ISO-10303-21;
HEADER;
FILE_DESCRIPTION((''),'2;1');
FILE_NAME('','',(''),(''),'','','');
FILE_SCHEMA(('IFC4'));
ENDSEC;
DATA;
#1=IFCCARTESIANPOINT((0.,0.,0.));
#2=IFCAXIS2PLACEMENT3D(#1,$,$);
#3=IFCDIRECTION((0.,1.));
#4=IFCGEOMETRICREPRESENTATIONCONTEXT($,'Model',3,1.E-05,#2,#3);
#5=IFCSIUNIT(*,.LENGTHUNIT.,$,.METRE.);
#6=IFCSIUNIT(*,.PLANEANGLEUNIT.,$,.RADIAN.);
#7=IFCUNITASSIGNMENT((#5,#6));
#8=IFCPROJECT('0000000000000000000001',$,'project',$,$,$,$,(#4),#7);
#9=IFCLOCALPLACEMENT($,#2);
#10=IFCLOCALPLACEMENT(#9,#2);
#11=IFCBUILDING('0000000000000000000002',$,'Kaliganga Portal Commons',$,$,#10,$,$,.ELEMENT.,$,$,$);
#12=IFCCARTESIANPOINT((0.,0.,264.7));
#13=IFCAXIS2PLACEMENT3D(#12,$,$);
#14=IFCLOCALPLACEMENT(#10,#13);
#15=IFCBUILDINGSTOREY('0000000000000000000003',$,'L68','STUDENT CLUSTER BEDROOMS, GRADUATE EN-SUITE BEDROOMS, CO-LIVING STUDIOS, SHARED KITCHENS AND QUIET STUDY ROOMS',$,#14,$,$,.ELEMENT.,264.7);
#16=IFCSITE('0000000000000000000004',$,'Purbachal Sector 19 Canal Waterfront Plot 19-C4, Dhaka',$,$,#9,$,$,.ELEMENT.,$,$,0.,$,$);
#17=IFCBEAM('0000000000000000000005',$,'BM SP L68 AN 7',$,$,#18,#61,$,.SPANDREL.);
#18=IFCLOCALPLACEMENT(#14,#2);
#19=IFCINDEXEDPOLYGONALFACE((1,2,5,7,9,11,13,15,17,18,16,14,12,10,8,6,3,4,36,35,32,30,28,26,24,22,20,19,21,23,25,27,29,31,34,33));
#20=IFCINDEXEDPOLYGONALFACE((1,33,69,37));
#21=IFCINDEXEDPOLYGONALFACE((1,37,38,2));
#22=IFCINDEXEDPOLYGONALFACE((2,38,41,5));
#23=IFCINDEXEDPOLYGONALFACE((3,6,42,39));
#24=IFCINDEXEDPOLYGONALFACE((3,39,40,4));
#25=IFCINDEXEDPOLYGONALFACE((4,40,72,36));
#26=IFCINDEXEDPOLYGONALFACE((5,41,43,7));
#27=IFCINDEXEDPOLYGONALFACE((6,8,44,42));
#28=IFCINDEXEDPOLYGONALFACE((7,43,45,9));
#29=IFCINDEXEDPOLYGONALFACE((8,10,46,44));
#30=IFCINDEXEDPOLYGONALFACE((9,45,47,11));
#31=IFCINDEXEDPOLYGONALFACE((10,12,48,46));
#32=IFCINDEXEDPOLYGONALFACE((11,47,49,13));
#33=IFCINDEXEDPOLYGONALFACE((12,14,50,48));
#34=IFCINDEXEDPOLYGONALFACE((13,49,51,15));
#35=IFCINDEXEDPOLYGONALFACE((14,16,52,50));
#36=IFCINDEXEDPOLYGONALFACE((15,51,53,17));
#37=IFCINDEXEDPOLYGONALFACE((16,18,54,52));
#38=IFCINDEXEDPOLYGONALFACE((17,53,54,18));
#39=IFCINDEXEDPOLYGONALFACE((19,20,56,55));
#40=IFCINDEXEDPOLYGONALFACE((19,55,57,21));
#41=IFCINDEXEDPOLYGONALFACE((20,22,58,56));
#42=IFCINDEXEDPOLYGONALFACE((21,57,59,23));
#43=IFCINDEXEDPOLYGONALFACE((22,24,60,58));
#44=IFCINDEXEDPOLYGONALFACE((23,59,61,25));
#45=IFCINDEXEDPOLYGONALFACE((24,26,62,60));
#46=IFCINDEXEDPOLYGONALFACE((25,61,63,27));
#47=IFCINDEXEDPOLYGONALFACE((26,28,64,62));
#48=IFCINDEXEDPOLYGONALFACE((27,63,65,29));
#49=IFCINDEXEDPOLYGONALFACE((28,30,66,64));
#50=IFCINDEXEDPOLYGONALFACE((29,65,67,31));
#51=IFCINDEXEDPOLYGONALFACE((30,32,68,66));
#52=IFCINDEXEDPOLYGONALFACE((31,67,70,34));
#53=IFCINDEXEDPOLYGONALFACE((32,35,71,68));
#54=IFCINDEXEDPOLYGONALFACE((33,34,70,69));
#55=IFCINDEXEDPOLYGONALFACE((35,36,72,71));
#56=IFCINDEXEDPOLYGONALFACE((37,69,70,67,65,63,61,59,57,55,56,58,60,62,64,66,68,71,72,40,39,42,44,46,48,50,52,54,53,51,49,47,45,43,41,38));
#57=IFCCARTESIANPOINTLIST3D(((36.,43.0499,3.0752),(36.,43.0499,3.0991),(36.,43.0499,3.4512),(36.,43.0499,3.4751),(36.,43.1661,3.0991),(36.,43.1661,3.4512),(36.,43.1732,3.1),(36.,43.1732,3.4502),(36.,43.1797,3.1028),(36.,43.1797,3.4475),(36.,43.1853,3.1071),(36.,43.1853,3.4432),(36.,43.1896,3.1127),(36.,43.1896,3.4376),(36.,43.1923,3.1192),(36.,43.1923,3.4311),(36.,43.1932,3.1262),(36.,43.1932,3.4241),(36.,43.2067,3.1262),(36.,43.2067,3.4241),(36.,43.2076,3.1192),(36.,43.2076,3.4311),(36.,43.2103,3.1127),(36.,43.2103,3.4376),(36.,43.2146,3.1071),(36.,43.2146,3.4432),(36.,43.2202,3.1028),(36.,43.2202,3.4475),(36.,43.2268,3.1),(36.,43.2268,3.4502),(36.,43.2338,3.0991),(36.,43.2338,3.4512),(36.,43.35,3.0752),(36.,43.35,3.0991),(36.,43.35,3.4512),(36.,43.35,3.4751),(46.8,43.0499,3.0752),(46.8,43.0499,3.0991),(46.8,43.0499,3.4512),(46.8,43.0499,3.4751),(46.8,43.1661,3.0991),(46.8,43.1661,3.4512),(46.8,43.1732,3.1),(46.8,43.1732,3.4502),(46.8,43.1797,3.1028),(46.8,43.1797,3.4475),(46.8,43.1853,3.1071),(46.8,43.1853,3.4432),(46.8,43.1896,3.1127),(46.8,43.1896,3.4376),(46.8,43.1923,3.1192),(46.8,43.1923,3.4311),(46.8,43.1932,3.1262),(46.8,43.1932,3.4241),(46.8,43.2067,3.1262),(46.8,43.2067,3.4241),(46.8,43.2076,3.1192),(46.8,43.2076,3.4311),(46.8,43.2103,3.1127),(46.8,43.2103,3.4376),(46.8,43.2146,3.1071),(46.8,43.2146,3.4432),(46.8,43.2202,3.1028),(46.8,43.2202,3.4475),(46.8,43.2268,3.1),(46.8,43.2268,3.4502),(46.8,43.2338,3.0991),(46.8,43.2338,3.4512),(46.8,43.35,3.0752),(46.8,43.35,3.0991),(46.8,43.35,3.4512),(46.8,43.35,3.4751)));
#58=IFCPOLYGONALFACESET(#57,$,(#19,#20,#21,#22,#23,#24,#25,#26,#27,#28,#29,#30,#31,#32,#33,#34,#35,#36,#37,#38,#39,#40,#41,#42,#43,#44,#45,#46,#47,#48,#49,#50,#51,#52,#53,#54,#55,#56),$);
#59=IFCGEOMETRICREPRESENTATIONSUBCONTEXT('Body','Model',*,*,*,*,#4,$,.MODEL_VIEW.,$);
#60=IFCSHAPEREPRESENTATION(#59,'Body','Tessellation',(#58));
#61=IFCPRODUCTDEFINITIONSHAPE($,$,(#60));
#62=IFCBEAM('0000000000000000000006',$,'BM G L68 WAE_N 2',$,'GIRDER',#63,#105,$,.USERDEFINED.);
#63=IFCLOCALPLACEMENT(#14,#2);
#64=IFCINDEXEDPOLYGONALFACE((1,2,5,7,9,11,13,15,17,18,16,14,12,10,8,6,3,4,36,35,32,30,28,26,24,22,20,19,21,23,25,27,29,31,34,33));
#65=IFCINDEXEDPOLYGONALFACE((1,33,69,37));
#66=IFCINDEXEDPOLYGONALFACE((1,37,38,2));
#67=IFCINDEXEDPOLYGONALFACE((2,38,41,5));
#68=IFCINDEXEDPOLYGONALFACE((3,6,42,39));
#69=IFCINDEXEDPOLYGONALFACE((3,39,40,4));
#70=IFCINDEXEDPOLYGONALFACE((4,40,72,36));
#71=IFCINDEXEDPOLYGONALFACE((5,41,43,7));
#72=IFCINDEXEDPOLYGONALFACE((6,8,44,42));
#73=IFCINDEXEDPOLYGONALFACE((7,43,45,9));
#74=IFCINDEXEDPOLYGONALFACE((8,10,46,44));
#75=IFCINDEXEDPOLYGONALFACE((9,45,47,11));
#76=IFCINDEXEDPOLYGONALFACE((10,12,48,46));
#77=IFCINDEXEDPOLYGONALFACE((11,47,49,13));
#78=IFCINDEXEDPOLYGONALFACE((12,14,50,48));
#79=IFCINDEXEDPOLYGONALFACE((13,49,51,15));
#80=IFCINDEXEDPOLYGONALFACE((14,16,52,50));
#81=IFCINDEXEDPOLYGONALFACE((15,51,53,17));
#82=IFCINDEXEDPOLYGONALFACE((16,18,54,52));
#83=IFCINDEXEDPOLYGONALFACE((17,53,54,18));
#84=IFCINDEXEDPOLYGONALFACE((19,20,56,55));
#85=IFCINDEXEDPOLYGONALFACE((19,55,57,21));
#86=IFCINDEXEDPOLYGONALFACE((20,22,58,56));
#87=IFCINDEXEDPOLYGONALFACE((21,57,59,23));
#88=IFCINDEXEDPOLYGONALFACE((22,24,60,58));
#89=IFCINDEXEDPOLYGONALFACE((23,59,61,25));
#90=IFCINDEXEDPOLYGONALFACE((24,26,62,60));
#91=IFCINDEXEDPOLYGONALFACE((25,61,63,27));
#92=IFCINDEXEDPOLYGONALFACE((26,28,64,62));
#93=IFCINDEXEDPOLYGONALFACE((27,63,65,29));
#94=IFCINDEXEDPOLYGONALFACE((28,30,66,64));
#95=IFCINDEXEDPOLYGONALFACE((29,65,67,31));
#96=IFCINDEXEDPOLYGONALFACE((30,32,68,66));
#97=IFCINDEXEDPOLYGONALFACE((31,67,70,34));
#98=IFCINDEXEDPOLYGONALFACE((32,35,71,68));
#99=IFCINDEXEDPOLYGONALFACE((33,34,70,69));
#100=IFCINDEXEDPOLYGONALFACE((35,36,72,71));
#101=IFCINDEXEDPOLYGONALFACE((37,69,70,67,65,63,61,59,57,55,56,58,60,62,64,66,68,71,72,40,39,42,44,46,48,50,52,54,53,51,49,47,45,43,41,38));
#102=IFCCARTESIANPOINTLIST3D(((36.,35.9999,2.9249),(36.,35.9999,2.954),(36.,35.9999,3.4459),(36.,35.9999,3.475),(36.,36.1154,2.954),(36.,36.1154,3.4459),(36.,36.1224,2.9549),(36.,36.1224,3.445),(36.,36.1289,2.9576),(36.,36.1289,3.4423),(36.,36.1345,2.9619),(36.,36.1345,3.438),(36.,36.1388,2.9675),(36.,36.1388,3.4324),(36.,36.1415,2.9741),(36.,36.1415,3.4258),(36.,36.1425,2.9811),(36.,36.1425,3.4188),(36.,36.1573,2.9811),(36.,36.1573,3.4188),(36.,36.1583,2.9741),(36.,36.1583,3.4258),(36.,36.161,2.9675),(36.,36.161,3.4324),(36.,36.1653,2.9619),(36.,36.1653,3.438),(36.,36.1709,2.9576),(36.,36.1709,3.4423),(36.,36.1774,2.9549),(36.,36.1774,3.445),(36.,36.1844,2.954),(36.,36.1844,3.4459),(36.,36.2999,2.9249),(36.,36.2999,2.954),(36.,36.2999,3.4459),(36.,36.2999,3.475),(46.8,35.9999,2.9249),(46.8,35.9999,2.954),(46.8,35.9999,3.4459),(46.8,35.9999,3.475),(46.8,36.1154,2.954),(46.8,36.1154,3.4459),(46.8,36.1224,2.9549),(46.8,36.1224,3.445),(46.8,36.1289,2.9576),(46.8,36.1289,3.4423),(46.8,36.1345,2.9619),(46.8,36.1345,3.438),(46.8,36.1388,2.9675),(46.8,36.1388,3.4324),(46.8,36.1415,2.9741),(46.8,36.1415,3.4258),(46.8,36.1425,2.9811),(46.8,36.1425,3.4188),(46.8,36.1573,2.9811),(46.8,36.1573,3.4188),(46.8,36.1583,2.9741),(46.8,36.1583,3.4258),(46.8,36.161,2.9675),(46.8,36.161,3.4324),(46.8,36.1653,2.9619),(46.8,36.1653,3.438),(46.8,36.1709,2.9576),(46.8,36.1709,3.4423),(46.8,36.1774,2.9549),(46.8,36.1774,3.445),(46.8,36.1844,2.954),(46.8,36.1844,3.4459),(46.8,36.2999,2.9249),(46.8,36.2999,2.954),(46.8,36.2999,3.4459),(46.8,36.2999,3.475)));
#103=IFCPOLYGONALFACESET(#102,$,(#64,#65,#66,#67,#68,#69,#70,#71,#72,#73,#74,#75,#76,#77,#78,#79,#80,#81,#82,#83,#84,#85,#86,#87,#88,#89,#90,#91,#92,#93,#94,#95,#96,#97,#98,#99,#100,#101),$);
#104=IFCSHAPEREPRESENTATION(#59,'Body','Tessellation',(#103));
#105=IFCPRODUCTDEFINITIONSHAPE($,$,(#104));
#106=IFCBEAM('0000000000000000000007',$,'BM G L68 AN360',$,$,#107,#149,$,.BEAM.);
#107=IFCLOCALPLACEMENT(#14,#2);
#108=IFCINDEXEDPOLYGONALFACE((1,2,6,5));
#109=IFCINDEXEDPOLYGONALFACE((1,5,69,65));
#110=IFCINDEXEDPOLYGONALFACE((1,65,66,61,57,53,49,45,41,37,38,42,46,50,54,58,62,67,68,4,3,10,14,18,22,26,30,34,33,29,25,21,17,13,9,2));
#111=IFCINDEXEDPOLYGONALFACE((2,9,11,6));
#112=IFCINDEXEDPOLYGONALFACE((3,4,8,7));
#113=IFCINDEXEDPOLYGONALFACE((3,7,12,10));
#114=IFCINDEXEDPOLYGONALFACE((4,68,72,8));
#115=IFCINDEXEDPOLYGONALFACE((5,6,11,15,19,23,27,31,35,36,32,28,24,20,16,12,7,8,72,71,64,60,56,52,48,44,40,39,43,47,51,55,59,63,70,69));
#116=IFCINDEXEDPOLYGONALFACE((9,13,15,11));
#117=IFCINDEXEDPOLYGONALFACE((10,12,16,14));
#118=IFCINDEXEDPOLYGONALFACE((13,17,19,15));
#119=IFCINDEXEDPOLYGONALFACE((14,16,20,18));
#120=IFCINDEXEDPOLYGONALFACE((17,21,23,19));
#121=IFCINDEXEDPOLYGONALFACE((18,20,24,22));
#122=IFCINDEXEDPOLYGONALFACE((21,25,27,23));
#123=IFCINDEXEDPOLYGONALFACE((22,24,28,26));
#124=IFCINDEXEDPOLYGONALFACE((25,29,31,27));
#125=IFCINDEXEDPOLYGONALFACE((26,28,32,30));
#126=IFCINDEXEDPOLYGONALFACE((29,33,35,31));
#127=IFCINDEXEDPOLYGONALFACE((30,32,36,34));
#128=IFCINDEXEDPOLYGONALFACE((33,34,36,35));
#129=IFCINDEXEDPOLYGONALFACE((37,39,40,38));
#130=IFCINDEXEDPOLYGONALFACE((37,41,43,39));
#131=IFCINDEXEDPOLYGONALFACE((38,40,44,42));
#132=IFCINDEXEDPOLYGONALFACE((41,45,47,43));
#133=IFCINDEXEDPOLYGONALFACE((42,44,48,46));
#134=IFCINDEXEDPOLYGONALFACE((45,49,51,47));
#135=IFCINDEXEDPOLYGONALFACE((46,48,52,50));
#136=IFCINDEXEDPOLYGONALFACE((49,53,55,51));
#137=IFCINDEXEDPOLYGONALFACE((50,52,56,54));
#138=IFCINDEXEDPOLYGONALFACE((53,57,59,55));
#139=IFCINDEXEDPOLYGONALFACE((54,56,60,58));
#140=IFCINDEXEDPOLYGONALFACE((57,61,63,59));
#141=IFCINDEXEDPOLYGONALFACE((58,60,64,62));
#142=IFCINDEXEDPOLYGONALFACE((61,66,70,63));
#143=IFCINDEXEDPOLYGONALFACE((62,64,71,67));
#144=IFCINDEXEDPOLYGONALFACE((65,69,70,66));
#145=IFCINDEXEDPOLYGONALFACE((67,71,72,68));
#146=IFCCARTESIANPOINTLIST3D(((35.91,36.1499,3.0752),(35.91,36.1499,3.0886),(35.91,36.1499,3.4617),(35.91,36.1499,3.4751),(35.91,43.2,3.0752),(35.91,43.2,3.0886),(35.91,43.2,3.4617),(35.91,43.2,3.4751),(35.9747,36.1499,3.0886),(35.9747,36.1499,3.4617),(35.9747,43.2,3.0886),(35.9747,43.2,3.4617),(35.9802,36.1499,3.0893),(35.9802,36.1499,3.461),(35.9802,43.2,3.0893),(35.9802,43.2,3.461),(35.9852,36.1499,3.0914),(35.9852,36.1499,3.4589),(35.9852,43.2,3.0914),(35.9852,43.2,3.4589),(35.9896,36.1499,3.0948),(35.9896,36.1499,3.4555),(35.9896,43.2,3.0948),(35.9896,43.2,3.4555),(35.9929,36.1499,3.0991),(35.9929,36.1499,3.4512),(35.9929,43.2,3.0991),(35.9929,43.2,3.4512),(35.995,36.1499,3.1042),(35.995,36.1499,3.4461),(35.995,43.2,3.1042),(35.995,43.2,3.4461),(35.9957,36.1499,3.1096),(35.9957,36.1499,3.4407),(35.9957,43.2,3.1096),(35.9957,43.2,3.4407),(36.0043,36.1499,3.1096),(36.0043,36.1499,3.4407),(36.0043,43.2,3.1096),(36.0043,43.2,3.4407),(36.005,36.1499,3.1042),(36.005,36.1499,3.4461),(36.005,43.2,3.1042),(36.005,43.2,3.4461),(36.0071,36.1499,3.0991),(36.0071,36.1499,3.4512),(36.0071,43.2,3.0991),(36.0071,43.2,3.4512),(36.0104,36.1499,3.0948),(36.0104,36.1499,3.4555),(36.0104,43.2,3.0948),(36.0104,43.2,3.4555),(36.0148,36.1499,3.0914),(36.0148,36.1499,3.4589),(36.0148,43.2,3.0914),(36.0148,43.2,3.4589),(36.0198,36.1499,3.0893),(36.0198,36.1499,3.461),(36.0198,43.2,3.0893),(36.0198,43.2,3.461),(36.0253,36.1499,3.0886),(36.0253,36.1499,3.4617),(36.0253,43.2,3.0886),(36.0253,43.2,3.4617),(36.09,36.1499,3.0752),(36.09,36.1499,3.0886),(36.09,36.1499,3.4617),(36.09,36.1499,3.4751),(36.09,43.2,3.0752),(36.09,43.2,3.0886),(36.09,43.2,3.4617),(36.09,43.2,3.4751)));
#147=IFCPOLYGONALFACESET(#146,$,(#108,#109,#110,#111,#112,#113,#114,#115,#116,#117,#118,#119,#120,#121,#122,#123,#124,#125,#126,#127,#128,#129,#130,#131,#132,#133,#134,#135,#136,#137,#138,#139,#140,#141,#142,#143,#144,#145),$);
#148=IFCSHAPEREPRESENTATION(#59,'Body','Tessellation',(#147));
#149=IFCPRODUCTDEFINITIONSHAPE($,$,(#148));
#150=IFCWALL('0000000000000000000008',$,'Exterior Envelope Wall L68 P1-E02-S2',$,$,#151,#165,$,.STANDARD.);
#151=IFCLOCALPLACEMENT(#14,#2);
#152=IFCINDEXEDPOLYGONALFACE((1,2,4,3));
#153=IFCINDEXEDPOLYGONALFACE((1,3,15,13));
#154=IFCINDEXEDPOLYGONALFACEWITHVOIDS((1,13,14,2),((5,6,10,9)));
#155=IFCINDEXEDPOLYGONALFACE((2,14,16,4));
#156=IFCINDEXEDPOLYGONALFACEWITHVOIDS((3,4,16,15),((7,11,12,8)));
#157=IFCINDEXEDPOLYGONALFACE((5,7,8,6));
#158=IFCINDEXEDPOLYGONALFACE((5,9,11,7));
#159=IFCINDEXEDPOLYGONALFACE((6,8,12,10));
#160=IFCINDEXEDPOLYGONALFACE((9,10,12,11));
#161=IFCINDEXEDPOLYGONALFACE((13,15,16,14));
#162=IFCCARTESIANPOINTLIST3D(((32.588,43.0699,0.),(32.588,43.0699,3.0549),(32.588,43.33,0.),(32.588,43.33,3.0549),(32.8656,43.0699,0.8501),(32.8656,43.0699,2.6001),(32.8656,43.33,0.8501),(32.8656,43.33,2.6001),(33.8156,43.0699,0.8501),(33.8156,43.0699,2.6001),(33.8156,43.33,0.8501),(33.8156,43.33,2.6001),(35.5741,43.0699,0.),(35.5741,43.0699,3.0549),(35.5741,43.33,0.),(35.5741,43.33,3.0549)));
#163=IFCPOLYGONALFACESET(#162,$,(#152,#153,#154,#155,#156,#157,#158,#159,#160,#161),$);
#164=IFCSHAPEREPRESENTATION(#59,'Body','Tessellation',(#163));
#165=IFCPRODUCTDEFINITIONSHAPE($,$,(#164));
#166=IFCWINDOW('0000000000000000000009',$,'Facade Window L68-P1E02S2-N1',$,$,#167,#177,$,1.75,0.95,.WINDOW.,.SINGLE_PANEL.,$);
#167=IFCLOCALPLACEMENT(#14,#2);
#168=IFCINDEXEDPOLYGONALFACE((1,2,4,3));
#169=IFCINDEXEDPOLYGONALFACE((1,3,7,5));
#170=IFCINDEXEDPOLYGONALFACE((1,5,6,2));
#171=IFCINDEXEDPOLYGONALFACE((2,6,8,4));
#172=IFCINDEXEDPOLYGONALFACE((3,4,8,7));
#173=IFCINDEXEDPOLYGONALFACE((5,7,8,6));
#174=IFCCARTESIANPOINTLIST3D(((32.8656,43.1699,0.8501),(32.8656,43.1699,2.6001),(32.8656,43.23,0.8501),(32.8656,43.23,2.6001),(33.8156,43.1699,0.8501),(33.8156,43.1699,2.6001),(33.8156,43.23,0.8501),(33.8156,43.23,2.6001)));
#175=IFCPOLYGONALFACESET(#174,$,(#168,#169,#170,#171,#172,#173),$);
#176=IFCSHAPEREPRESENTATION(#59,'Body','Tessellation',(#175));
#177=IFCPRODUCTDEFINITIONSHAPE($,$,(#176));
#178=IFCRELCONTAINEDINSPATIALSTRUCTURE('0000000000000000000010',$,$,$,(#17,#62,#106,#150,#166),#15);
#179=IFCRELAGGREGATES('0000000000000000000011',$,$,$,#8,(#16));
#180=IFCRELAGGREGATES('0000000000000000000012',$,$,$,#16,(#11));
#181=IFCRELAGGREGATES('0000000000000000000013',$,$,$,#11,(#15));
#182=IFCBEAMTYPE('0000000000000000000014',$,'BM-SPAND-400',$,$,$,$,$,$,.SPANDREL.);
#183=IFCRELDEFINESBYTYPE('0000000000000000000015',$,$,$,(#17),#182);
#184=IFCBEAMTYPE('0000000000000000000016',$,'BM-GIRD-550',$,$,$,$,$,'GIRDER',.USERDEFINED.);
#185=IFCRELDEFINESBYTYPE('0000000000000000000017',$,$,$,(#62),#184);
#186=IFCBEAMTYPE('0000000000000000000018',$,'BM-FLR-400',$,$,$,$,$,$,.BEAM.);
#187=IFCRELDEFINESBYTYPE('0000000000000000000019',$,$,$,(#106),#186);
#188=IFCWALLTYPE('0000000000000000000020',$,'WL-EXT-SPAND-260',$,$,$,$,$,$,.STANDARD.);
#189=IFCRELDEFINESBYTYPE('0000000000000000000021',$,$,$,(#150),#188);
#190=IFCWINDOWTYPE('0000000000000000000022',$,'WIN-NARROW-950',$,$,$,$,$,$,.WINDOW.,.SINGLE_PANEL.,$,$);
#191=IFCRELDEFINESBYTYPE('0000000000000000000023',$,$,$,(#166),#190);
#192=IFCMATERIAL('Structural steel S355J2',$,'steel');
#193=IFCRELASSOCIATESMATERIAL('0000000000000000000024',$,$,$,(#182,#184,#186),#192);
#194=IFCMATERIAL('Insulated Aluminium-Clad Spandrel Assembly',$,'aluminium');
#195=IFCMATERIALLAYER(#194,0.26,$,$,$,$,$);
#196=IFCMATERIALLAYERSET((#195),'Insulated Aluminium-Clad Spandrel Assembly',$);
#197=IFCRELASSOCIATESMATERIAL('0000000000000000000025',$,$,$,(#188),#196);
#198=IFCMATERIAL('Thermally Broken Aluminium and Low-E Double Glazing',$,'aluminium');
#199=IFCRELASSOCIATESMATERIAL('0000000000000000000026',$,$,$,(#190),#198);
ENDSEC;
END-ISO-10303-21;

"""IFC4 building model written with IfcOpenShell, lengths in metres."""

from ifc_helpers import new_model, si_unit, direction, frame, frame_2d, origin, origin_2d, place, context, subcontext, project, spatial, rectangle, i_section, extrude, source, transform, mapped, material, layer, layer_set, material_profile, profile_set, type_object, element, fill, save


model = new_model("IFC4")

# Units and contexts
model_context = context("Model", 3, precision=1e-05, world=origin(), true_north=direction((0.0, 1.0)))
body_context = subcontext(model_context, "Body", "Model", "MODEL_VIEW")
ifc_project = project(units=[si_unit("LENGTHUNIT", "METRE"), si_unit("PLANEANGLEUNIT", "RADIAN")], contexts=[model_context])

# Site, building, storey
site_placement = place(None, origin())
site = spatial("IfcSite", under=ifc_project, at=site_placement, Name="Purbachal Sector 19 Canal Waterfront Plot 19-C4, Dhaka", CompositionType="ELEMENT", RefElevation=0.0)
building_placement = place(site_placement, origin())
building = spatial("IfcBuilding", under=site, at=building_placement, Name="Kaliganga Portal Commons", CompositionType="ELEMENT")
storey_placement = place(building_placement, frame((0.0, 0.0, 264.7)))
storey = spatial("IfcBuildingStorey", under=building, at=storey_placement, Name="L68", Description="STUDENT CLUSTER BEDROOMS, GRADUATE EN-SUITE BEDROOMS, CO-LIVING STUDIOS, SHARED KITCHENS AND QUIET STUDY ROOMS", CompositionType="ELEMENT", Elevation=264.7)

# Shared definitions
ifc_material_1 = material(Name="Structural steel S355J2", Category="steel")

# Beams
ifc_material_profile_1 = material_profile(ifc_material_1, i_section(OverallWidth=0.3, OverallDepth=0.3999, WebThickness=0.0134, FlangeThickness=0.0239, FilletRadius=0.0271, at=origin_2d()), Name="HE 400 B")
ifc_profile_set_1 = profile_set([ifc_material_profile_1], Name="Structural steel S355J2 wide-flange")
beam_type_1 = type_object("IfcBeamType", Name="BM-SPAND-400", PredefinedType="SPANDREL", material=ifc_profile_set_1)
shared_shape_1 = source(origin(), body_context, "Body", "SweptSolid", [
    extrude(i_section(OverallWidth=0.3, OverallDepth=0.3999, WebThickness=0.0134, FlangeThickness=0.0239, FilletRadius=0.0271, at=origin_2d()), origin(), (0.0, 0.0, 1.0), 10.8),
])
beam_1_placement = place(storey_placement, frame((36.0, 43.2, 3.2751), z_axis=(1.0, 0.0, 0.0), x_axis=(0.0, 1.0, 0.0)))
element("IfcBeam", 1, at=beam_1_placement, inside=storey, type_object=beam_type_1, Name="BM SP L68 AN 7", PredefinedType="SPANDREL", context=body_context, shape_type="MappedRepresentation", body=[
    mapped(shared_shape_1, transform((0.0, 0.0, 0.0), x_axis=(1.0, 0.0, 0.0), y_axis=(0.0, 1.0, 0.0), z_axis=(0.0, 0.0, 1.0), scale=1.0)),
])
ifc_material_profile_2 = material_profile(ifc_material_1, i_section(OverallWidth=0.3, OverallDepth=0.55, WebThickness=0.0149, FlangeThickness=0.0291, FilletRadius=0.0271, at=origin_2d()), Name="HE 550 B")
ifc_profile_set_2 = profile_set([ifc_material_profile_2], Name="Structural steel S355J2 wide-flange")
beam_type_2 = type_object("IfcBeamType", Name="BM-GIRD-550", ElementType="GIRDER", PredefinedType="USERDEFINED", material=ifc_profile_set_2)
shared_shape_2 = source(origin(), body_context, "Body", "SweptSolid", [
    extrude(i_section(OverallWidth=0.3, OverallDepth=0.55, WebThickness=0.0149, FlangeThickness=0.0291, FilletRadius=0.0271, at=origin_2d()), origin(), (0.0, 0.0, 1.0), 10.8),
])
beam_2_placement = place(storey_placement, frame((36.0, 36.1499, 3.2), z_axis=(1.0, 0.0, 0.0), x_axis=(0.0, 1.0, 0.0)))
element("IfcBeam", 2, at=beam_2_placement, inside=storey, type_object=beam_type_2, Name="BM G L68 WAE_N 2", ObjectType="GIRDER", PredefinedType="USERDEFINED", context=body_context, shape_type="MappedRepresentation", body=[
    mapped(shared_shape_2, transform((0.0, 0.0, 0.0), x_axis=(1.0, 0.0, 0.0), y_axis=(0.0, 1.0, 0.0), z_axis=(0.0, 0.0, 1.0), scale=1.0)),
])
ifc_material_profile_3 = material_profile(ifc_material_1, i_section(OverallWidth=0.1799, OverallDepth=0.3999, WebThickness=0.0085, FlangeThickness=0.0134, FilletRadius=0.021, at=origin_2d()), Name="IPE 400")
ifc_profile_set_3 = profile_set([ifc_material_profile_3], Name="Structural steel S355J2 wide-flange")
beam_type_3 = type_object("IfcBeamType", Name="BM-FLR-400", PredefinedType="BEAM", material=ifc_profile_set_3)
shared_shape_3 = source(origin(), body_context, "Body", "SweptSolid", [
    extrude(i_section(OverallWidth=0.1799, OverallDepth=0.3999, WebThickness=0.0085, FlangeThickness=0.0134, FilletRadius=0.021, at=origin_2d()), origin(), (0.0, 0.0, 1.0), 7.05),
])
beam_3_placement = place(storey_placement, frame((36.0, 36.1499, 3.2751), z_axis=(0.0, 1.0, 0.0), x_axis=(-1.0, 0.0, 0.0)))
element("IfcBeam", 3, at=beam_3_placement, inside=storey, type_object=beam_type_3, Name="BM G L68 AN360", PredefinedType="BEAM", context=body_context, shape_type="MappedRepresentation", body=[
    mapped(shared_shape_3, transform((0.0, 0.0, 0.0), x_axis=(1.0, 0.0, 0.0), y_axis=(0.0, 1.0, 0.0), z_axis=(0.0, 0.0, 1.0), scale=1.0)),
])

# Shared definitions
ifc_material_2 = material(Name="Insulated Aluminium-Clad Spandrel Assembly", Category="aluminium")
ifc_layer_1 = layer(ifc_material_2, 0.26)
ifc_layer_set_1 = layer_set([ifc_layer_1], Name="Insulated Aluminium-Clad Spandrel Assembly")
wall_type_1 = type_object("IfcWallType", Name="WL-EXT-SPAND-260", PredefinedType="STANDARD", material=ifc_layer_set_1)
ifc_material_3 = material(Name="Thermally Broken Aluminium and Low-E Double Glazing", Category="aluminium")

# Wall, opening, window
wall_1_placement = place(storey_placement, frame((32.5879, 43.2, 0.0), z_axis=(0.0, 0.0, 1.0), x_axis=(1.0, 0.0, 0.0)))
wall_1 = element("IfcWall", 4, at=wall_1_placement, inside=storey, type_object=wall_type_1, Name="Exterior Envelope Wall L68 P1-E02-S2", PredefinedType="STANDARD", context=body_context, shape_type="SweptSolid", body=[
    extrude(rectangle(XDim=2.9861, YDim=0.26, at=frame_2d((1.4932, 0.0))), origin(), (0.0, 0.0, 1.0), 3.0549),
])
opening_1_placement = place(wall_1_placement, frame((0.2776, 0.0, 0.8501)))
opening_1 = element("IfcOpeningElement", 5, at=opening_1_placement, cuts=wall_1, PredefinedType="OPENING", context=body_context, shape_type="SweptSolid", body=[
    extrude(rectangle(XDim=0.95, YDim=1.75, at=frame_2d((0.4751, 0.875))), frame((0.0, 0.1401, 0.0), z_axis=(0.0, -1.0, 0.0), x_axis=(1.0, 0.0, 0.0)), (0.0, 0.0, 1.0), 0.28),
])
window_type_1 = type_object("IfcWindowType", Name="WIN-NARROW-950", PartitioningType="SINGLE_PANEL", PredefinedType="WINDOW", material=ifc_material_3)
window_1_placement = place(opening_1_placement, origin())
window_1 = element("IfcWindow", 6, at=window_1_placement, inside=storey, type_object=window_type_1, Name="Facade Window L68-P1E02S2-N1", OverallHeight=1.75, OverallWidth=0.95, PartitioningType="SINGLE_PANEL", PredefinedType="WINDOW", context=body_context, shape_type="SweptSolid", body=[
    extrude(rectangle(XDim=0.95, YDim=1.75, at=frame_2d((0.4751, 0.875))), frame((0.0, 0.03, 0.0), z_axis=(0.0, -1.0, 0.0), x_axis=(1.0, 0.0, 0.0)), (0.0, 0.0, 1.0), 0.0601),
])
fill(opening_1, window_1)

save(model, "model.ifc")
